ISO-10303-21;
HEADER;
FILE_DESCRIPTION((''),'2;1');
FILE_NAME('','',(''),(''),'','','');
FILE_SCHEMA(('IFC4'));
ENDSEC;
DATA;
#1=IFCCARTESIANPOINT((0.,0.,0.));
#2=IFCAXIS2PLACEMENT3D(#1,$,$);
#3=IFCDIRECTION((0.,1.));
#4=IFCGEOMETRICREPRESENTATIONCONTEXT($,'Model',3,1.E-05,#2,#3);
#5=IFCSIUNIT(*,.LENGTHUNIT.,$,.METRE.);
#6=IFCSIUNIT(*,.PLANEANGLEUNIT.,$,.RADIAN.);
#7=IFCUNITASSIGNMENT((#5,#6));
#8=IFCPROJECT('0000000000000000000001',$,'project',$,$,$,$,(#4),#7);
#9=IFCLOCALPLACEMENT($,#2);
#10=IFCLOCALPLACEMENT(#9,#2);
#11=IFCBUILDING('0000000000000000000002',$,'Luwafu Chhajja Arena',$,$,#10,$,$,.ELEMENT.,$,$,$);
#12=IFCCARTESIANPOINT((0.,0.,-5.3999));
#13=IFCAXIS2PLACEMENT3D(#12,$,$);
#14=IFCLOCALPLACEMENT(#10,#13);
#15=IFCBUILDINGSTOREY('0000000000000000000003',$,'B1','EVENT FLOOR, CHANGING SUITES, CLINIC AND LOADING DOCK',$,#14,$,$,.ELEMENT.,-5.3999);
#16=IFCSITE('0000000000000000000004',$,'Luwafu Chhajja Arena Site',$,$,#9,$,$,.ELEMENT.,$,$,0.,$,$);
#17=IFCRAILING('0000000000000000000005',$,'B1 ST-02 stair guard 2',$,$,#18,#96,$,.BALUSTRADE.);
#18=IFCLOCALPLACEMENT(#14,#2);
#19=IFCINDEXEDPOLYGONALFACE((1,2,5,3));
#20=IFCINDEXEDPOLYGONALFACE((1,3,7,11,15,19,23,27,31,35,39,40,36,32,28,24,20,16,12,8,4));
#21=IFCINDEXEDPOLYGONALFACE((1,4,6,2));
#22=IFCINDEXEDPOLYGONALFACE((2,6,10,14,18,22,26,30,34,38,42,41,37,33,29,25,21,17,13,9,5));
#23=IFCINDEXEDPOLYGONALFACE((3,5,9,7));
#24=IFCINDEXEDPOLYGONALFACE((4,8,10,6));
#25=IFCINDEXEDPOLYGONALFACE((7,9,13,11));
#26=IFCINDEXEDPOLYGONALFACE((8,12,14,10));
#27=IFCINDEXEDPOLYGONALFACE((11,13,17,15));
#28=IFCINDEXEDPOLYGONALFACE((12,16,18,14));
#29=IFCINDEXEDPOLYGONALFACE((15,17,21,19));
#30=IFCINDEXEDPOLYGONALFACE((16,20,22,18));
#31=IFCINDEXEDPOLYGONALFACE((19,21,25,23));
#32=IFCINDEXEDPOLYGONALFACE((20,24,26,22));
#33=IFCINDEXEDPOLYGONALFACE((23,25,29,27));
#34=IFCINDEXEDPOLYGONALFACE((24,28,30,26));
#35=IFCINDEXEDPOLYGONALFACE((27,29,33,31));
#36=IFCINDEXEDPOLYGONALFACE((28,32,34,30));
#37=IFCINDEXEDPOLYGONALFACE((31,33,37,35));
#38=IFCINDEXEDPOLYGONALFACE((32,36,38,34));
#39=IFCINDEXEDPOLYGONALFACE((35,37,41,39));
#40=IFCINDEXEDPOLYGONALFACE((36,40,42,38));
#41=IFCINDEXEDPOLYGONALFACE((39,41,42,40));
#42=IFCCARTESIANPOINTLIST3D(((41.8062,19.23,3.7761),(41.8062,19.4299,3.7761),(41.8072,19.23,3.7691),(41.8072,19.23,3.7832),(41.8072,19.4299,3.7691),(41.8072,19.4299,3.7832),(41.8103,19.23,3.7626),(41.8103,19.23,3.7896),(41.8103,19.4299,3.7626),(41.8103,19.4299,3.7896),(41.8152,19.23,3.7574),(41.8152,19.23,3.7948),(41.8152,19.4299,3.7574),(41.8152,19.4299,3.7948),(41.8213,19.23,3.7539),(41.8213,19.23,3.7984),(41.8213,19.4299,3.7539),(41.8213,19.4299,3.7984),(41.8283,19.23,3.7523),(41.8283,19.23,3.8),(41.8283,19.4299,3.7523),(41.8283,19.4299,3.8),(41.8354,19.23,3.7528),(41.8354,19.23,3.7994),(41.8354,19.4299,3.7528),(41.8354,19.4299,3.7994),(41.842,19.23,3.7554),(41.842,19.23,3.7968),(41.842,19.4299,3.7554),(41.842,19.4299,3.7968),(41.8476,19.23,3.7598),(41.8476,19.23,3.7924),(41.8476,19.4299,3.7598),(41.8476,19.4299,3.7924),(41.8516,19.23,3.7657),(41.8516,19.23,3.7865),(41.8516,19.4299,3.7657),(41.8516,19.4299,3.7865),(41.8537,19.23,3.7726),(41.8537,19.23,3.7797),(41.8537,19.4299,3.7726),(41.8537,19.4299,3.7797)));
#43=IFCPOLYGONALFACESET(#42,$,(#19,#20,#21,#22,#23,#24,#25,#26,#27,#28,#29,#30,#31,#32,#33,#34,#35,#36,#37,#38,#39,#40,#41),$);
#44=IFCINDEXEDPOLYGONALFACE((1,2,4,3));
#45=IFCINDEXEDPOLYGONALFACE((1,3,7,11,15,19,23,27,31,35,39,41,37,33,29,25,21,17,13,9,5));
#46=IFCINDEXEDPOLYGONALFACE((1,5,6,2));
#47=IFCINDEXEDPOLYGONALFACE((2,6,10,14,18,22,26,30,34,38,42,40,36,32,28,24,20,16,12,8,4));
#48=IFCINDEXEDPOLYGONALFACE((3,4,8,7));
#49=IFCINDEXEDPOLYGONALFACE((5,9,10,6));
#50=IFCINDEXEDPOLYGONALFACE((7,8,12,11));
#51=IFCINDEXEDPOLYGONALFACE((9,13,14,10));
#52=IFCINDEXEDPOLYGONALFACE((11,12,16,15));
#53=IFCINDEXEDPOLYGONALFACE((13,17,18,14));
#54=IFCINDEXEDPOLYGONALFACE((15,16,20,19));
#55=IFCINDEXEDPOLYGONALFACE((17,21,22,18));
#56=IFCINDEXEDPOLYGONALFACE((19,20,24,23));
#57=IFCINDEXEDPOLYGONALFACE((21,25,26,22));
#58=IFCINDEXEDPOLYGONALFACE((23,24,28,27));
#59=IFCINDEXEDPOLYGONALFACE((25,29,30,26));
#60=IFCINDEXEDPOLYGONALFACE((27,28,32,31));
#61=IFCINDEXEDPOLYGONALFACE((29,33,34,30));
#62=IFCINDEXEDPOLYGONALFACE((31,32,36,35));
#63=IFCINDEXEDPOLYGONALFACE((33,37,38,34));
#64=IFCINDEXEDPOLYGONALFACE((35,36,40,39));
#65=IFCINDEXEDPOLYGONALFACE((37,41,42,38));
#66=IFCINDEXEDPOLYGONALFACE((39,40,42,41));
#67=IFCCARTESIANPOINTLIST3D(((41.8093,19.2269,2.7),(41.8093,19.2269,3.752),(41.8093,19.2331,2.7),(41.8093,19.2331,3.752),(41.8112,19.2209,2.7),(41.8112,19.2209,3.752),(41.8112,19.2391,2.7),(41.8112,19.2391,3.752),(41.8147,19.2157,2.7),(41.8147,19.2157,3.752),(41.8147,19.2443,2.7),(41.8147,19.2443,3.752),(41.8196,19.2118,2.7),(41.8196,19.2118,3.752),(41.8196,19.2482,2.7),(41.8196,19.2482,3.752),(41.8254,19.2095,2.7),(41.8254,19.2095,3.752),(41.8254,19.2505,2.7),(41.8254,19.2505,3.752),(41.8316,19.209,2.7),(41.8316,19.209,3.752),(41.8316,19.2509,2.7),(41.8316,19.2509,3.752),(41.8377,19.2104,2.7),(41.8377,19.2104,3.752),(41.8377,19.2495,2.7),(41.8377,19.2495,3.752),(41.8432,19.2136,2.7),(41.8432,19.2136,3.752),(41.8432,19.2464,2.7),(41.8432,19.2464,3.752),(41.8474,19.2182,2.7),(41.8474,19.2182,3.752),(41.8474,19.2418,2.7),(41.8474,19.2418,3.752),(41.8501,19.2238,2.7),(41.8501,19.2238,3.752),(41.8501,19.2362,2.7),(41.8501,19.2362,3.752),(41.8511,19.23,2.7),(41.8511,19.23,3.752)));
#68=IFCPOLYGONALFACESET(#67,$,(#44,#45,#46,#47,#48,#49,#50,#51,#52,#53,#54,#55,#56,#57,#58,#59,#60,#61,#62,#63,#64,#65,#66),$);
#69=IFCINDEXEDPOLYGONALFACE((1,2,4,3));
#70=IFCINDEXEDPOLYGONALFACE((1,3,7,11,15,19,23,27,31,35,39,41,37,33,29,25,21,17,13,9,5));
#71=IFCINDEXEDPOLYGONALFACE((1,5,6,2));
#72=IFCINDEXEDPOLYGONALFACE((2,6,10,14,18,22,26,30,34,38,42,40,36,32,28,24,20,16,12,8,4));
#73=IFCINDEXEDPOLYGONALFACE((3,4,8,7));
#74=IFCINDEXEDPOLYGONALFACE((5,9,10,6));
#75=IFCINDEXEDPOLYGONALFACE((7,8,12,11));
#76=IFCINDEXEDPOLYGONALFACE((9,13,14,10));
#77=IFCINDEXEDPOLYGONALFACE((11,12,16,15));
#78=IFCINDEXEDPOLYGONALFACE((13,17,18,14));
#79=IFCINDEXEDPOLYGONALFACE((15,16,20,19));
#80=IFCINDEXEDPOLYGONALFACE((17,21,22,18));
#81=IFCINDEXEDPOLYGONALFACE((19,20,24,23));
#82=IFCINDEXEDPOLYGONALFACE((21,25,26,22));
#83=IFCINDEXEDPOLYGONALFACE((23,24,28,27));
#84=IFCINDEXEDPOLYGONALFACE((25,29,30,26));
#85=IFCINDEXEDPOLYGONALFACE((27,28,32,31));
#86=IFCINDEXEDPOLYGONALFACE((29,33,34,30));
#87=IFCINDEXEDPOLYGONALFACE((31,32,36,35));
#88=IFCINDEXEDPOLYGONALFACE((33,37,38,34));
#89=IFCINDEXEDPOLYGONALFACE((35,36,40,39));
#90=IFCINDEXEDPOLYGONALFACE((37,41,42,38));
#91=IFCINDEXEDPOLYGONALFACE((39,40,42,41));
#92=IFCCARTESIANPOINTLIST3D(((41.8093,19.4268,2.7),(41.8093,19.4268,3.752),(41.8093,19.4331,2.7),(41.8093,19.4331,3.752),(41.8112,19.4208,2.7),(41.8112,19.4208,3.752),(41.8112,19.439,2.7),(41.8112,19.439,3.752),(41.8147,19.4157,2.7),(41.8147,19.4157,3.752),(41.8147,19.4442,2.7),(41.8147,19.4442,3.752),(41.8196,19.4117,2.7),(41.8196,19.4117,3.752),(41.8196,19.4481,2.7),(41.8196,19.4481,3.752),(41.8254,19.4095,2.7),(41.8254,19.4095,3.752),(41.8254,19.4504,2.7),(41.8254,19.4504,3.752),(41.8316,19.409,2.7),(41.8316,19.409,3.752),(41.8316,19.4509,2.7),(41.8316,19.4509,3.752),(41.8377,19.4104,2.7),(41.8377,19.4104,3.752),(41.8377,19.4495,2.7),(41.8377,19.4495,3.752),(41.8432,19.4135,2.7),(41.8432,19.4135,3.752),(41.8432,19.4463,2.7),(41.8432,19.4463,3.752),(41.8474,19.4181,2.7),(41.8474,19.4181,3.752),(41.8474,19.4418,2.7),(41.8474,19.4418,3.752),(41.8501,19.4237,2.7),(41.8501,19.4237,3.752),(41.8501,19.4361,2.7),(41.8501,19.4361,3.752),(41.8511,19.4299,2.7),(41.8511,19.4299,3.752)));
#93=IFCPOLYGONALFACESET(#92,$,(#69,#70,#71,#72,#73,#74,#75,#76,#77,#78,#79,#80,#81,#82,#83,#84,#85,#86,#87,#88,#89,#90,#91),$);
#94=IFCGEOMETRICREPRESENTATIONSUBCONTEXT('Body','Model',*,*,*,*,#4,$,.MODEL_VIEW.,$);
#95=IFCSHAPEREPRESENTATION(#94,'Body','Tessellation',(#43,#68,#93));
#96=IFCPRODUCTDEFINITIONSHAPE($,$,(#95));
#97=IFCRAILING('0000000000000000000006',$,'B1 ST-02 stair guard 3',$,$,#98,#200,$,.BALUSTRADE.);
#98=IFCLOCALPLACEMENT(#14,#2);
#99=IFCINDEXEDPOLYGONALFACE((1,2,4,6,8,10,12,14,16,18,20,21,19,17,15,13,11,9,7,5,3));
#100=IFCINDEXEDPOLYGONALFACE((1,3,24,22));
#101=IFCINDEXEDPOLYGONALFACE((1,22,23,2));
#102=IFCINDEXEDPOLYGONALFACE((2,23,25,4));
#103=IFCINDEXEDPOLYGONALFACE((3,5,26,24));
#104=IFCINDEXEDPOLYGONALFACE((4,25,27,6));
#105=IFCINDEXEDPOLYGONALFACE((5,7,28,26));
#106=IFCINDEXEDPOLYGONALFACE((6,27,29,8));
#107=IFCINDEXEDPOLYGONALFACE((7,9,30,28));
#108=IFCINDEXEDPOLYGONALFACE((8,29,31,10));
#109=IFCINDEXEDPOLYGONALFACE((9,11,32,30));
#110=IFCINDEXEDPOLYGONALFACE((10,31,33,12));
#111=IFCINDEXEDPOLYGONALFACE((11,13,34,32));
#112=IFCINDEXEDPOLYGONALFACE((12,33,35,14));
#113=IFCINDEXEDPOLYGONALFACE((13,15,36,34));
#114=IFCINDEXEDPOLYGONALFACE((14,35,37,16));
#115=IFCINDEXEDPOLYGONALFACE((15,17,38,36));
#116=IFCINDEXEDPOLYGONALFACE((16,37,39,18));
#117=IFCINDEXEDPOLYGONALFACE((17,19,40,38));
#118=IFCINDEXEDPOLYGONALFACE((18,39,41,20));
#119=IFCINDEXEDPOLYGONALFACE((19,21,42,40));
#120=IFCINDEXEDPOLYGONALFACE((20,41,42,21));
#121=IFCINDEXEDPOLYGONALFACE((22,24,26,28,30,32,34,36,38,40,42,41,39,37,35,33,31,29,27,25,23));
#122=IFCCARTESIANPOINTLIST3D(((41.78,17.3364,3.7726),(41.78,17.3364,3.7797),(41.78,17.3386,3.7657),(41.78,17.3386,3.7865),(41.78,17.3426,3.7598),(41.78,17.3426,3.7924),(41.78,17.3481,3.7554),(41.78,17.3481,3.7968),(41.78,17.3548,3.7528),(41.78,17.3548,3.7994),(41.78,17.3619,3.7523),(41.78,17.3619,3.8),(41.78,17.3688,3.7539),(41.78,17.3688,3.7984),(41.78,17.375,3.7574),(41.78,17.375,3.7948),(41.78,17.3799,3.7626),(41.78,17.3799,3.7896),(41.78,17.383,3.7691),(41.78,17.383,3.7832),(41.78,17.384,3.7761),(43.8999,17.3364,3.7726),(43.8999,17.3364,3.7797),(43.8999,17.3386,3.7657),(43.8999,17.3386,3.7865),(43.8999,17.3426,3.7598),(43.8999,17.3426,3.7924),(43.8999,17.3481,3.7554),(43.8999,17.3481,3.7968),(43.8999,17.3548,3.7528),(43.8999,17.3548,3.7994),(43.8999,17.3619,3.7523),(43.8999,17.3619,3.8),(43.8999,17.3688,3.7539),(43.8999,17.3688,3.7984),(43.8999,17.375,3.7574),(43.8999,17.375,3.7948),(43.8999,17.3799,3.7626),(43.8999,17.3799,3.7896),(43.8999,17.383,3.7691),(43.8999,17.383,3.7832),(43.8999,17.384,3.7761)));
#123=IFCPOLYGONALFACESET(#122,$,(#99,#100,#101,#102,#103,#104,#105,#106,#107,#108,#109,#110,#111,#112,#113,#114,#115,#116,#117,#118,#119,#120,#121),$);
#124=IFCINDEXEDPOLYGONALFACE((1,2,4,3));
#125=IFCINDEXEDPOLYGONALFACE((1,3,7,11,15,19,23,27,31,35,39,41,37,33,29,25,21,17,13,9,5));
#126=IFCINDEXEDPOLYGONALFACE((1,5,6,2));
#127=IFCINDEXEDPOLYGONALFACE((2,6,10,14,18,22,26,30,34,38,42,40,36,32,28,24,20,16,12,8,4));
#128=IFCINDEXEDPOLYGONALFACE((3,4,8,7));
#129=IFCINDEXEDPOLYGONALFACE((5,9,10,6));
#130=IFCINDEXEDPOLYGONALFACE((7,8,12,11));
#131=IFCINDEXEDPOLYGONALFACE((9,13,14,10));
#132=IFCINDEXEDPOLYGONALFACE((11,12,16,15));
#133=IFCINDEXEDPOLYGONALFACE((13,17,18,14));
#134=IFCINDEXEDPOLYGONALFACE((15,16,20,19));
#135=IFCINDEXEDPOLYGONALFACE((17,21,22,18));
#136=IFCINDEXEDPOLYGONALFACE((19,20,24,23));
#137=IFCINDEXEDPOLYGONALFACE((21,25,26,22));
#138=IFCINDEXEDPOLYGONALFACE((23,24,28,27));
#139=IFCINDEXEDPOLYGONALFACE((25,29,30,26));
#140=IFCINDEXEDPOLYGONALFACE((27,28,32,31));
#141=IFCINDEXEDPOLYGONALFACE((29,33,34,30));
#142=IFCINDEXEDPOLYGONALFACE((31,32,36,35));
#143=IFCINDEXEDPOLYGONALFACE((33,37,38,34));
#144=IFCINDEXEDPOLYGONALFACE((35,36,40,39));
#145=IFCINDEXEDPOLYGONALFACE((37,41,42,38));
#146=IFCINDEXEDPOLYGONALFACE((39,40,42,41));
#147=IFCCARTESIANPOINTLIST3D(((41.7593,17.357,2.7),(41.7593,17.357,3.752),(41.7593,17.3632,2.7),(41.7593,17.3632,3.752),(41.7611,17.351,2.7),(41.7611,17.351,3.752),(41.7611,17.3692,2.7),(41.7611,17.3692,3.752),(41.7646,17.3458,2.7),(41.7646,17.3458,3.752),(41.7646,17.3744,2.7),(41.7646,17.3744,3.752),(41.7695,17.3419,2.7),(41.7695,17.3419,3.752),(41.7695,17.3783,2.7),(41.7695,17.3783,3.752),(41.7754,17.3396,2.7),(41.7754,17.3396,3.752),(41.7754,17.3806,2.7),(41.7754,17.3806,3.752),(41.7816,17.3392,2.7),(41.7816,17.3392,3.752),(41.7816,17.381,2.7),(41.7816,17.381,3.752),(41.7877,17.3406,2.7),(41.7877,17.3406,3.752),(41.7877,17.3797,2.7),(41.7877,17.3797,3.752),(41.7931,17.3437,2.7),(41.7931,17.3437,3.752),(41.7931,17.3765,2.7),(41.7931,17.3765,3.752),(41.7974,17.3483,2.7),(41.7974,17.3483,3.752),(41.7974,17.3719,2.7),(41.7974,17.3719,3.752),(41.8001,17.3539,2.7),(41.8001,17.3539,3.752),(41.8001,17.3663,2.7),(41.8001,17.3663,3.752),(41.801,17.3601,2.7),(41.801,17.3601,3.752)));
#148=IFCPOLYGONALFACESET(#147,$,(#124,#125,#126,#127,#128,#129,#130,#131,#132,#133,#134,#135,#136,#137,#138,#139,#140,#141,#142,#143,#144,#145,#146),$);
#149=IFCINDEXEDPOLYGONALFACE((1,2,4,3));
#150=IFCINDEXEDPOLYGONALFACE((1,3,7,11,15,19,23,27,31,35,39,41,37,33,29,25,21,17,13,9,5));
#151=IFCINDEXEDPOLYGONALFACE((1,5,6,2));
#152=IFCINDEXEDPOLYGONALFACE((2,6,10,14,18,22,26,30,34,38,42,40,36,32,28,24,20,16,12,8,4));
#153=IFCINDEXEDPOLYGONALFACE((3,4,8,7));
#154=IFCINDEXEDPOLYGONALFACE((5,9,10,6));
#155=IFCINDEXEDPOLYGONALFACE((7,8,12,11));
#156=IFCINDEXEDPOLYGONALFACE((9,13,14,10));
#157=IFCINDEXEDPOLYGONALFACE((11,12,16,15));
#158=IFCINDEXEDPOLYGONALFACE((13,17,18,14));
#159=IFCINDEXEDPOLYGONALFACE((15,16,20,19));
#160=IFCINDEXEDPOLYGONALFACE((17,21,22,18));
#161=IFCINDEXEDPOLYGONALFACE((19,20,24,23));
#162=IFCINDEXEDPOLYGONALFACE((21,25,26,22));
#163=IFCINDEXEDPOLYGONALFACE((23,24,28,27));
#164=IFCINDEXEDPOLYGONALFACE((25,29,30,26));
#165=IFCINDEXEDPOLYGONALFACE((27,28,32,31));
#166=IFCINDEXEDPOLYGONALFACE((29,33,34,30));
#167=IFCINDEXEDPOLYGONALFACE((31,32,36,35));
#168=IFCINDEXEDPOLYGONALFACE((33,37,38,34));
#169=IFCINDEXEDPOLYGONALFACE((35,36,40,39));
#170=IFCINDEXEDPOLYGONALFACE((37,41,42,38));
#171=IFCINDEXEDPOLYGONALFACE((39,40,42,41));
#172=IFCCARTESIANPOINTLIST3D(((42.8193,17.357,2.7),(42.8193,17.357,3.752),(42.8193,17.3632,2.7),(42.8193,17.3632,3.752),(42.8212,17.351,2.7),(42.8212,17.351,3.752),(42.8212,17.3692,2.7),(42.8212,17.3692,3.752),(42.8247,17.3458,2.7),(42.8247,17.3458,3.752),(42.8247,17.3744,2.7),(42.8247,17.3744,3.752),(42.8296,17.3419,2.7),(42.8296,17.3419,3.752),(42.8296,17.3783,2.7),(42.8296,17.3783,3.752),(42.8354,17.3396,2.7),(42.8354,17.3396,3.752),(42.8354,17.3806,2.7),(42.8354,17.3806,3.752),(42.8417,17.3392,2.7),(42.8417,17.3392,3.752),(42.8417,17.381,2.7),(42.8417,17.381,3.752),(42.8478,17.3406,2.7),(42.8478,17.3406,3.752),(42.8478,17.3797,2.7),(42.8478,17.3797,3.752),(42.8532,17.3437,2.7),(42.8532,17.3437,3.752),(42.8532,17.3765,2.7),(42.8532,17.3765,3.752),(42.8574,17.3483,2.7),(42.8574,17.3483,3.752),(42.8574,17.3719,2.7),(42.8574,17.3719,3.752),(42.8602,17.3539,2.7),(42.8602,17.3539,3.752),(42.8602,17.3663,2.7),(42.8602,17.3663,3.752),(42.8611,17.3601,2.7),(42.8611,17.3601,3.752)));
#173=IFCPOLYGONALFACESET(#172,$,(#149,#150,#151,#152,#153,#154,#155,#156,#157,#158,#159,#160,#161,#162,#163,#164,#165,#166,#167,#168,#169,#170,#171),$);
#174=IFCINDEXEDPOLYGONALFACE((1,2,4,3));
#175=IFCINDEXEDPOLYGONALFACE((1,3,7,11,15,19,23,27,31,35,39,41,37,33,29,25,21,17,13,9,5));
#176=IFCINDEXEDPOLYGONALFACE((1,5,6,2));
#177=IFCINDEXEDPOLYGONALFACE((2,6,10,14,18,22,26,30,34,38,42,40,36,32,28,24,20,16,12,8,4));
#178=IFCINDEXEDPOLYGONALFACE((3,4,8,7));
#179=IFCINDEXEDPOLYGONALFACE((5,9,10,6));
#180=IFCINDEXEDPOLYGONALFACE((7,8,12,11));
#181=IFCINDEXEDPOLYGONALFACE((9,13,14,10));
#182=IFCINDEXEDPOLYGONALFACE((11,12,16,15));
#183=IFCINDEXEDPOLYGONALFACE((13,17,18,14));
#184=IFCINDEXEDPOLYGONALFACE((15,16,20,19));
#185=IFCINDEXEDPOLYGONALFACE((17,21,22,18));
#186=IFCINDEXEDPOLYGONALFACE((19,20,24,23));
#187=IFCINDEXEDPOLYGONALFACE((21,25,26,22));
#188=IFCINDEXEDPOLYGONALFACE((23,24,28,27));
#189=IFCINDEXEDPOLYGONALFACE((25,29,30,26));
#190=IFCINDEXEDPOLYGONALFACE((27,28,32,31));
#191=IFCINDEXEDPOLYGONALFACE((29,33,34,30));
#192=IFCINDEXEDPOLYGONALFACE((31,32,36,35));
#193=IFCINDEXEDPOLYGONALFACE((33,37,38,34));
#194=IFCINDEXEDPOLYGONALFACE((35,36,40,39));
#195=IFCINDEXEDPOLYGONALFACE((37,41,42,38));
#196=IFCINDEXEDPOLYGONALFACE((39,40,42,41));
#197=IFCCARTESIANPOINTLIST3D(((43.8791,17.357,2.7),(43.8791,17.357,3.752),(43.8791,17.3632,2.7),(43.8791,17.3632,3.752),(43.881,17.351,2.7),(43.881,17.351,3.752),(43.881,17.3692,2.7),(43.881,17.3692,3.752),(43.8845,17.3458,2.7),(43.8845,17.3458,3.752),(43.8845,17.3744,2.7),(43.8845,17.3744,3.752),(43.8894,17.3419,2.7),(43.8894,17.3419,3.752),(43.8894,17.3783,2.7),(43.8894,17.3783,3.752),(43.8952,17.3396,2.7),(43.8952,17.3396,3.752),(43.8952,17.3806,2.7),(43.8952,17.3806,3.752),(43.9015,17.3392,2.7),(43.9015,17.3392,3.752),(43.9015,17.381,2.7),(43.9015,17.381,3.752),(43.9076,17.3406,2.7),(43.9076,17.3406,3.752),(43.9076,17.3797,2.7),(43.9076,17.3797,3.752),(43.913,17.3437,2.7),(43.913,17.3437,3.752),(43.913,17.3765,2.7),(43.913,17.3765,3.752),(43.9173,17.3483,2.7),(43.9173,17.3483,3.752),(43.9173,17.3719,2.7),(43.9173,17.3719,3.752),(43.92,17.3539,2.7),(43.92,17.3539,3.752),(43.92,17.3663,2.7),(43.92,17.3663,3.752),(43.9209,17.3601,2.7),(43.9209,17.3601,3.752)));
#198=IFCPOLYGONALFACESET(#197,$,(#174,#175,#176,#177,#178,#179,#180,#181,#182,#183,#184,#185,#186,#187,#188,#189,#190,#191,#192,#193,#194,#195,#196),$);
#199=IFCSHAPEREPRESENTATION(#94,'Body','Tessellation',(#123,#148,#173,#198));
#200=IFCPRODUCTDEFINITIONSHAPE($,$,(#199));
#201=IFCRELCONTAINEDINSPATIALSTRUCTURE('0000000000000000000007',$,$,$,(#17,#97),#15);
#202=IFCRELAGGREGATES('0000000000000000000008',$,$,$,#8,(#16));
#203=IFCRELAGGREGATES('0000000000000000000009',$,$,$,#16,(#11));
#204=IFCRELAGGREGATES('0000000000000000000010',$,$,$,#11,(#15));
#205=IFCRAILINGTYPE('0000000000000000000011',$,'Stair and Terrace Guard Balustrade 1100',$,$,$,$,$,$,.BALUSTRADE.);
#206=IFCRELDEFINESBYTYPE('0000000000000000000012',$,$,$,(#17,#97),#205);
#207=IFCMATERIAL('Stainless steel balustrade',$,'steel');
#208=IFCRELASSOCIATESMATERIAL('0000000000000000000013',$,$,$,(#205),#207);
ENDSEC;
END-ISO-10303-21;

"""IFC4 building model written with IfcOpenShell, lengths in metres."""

from ifc_helpers import new_model, si_unit, direction, frame, origin, origin_2d, place, context, subcontext, project, spatial, circle, extrude, material, type_object, element, save


model = new_model("IFC4")

# Units and contexts
model_context = context("Model", 3, precision=1e-05, world=origin(), true_north=direction((0.0, 1.0)))
body_context = subcontext(model_context, "Body", "Model", "MODEL_VIEW")
ifc_project = project(units=[si_unit("LENGTHUNIT", "METRE"), si_unit("PLANEANGLEUNIT", "RADIAN")], contexts=[model_context])

# Site, building, storey
site_placement = place(None, origin())
site = spatial("IfcSite", under=ifc_project, at=site_placement, Name="Luwafu Chhajja Arena Site", CompositionType="ELEMENT", RefElevation=0.0)
building_placement = place(site_placement, origin())
building = spatial("IfcBuilding", under=site, at=building_placement, Name="Luwafu Chhajja Arena", CompositionType="ELEMENT")
storey_placement = place(building_placement, frame((0.0, 0.0, -5.3999)))
storey = spatial("IfcBuildingStorey", under=building, at=storey_placement, Name="B1", Description="EVENT FLOOR, CHANGING SUITES, CLINIC AND LOADING DOCK", CompositionType="ELEMENT", Elevation=-5.3999)

# Railings
ifc_material_1 = material(Name="Stainless steel balustrade", Category="steel")
railing_type_1 = type_object("IfcRailingType", Name="Stair and Terrace Guard Balustrade 1100", PredefinedType="BALUSTRADE", material=ifc_material_1)
railing_1_placement = place(storey_placement, frame((41.8301, 19.23, 2.7)))
element("IfcRailing", 1, at=railing_1_placement, inside=storey, type_object=railing_type_1, Name="B1 ST-02 stair guard 2", PredefinedType="BALUSTRADE", context=body_context, shape_type="SweptSolid", body=[
    extrude(circle(Radius=0.0239, at=origin_2d()), frame((0.0, 0.0, 1.0762), z_axis=(0.0, 1.0, 0.0), x_axis=(-1.0, 0.0, 0.0)), (0.0, 0.0, 1.0), 0.2),
    extrude(circle(Radius=0.021, at=origin_2d()), origin(), (0.0, 0.0, 1.0), 1.052),
    extrude(circle(Radius=0.021, at=origin_2d()), frame((0.0, 0.2, 0.0)), (0.0, 0.0, 1.0), 1.052),
])
for number, where, name in (
    (2, (41.78, 17.3601, 2.7), "B1 ST-02 stair guard 3"),
):
    element("IfcRailing", number, at=place(storey_placement, frame(where)), inside=storey, type_object=railing_type_1, Name=name, PredefinedType="BALUSTRADE", context=body_context, shape_type="SweptSolid", body=[
        extrude(circle(Radius=0.0239, at=origin_2d()), frame((0.0, 0.0, 1.0762), z_axis=(1.0, 0.0, 0.0), x_axis=(0.0, 1.0, 0.0)), (0.0, 0.0, 1.0), 2.1199),
        extrude(circle(Radius=0.021, at=origin_2d()), origin(), (0.0, 0.0, 1.0), 1.052),
        extrude(circle(Radius=0.021, at=origin_2d()), frame((1.0601, 0.0, 0.0)), (0.0, 0.0, 1.0), 1.052),
        extrude(circle(Radius=0.021, at=origin_2d()), frame((2.1199, 0.0, 0.0)), (0.0, 0.0, 1.0), 1.052),
    ])

save(model, "model.ifc")
